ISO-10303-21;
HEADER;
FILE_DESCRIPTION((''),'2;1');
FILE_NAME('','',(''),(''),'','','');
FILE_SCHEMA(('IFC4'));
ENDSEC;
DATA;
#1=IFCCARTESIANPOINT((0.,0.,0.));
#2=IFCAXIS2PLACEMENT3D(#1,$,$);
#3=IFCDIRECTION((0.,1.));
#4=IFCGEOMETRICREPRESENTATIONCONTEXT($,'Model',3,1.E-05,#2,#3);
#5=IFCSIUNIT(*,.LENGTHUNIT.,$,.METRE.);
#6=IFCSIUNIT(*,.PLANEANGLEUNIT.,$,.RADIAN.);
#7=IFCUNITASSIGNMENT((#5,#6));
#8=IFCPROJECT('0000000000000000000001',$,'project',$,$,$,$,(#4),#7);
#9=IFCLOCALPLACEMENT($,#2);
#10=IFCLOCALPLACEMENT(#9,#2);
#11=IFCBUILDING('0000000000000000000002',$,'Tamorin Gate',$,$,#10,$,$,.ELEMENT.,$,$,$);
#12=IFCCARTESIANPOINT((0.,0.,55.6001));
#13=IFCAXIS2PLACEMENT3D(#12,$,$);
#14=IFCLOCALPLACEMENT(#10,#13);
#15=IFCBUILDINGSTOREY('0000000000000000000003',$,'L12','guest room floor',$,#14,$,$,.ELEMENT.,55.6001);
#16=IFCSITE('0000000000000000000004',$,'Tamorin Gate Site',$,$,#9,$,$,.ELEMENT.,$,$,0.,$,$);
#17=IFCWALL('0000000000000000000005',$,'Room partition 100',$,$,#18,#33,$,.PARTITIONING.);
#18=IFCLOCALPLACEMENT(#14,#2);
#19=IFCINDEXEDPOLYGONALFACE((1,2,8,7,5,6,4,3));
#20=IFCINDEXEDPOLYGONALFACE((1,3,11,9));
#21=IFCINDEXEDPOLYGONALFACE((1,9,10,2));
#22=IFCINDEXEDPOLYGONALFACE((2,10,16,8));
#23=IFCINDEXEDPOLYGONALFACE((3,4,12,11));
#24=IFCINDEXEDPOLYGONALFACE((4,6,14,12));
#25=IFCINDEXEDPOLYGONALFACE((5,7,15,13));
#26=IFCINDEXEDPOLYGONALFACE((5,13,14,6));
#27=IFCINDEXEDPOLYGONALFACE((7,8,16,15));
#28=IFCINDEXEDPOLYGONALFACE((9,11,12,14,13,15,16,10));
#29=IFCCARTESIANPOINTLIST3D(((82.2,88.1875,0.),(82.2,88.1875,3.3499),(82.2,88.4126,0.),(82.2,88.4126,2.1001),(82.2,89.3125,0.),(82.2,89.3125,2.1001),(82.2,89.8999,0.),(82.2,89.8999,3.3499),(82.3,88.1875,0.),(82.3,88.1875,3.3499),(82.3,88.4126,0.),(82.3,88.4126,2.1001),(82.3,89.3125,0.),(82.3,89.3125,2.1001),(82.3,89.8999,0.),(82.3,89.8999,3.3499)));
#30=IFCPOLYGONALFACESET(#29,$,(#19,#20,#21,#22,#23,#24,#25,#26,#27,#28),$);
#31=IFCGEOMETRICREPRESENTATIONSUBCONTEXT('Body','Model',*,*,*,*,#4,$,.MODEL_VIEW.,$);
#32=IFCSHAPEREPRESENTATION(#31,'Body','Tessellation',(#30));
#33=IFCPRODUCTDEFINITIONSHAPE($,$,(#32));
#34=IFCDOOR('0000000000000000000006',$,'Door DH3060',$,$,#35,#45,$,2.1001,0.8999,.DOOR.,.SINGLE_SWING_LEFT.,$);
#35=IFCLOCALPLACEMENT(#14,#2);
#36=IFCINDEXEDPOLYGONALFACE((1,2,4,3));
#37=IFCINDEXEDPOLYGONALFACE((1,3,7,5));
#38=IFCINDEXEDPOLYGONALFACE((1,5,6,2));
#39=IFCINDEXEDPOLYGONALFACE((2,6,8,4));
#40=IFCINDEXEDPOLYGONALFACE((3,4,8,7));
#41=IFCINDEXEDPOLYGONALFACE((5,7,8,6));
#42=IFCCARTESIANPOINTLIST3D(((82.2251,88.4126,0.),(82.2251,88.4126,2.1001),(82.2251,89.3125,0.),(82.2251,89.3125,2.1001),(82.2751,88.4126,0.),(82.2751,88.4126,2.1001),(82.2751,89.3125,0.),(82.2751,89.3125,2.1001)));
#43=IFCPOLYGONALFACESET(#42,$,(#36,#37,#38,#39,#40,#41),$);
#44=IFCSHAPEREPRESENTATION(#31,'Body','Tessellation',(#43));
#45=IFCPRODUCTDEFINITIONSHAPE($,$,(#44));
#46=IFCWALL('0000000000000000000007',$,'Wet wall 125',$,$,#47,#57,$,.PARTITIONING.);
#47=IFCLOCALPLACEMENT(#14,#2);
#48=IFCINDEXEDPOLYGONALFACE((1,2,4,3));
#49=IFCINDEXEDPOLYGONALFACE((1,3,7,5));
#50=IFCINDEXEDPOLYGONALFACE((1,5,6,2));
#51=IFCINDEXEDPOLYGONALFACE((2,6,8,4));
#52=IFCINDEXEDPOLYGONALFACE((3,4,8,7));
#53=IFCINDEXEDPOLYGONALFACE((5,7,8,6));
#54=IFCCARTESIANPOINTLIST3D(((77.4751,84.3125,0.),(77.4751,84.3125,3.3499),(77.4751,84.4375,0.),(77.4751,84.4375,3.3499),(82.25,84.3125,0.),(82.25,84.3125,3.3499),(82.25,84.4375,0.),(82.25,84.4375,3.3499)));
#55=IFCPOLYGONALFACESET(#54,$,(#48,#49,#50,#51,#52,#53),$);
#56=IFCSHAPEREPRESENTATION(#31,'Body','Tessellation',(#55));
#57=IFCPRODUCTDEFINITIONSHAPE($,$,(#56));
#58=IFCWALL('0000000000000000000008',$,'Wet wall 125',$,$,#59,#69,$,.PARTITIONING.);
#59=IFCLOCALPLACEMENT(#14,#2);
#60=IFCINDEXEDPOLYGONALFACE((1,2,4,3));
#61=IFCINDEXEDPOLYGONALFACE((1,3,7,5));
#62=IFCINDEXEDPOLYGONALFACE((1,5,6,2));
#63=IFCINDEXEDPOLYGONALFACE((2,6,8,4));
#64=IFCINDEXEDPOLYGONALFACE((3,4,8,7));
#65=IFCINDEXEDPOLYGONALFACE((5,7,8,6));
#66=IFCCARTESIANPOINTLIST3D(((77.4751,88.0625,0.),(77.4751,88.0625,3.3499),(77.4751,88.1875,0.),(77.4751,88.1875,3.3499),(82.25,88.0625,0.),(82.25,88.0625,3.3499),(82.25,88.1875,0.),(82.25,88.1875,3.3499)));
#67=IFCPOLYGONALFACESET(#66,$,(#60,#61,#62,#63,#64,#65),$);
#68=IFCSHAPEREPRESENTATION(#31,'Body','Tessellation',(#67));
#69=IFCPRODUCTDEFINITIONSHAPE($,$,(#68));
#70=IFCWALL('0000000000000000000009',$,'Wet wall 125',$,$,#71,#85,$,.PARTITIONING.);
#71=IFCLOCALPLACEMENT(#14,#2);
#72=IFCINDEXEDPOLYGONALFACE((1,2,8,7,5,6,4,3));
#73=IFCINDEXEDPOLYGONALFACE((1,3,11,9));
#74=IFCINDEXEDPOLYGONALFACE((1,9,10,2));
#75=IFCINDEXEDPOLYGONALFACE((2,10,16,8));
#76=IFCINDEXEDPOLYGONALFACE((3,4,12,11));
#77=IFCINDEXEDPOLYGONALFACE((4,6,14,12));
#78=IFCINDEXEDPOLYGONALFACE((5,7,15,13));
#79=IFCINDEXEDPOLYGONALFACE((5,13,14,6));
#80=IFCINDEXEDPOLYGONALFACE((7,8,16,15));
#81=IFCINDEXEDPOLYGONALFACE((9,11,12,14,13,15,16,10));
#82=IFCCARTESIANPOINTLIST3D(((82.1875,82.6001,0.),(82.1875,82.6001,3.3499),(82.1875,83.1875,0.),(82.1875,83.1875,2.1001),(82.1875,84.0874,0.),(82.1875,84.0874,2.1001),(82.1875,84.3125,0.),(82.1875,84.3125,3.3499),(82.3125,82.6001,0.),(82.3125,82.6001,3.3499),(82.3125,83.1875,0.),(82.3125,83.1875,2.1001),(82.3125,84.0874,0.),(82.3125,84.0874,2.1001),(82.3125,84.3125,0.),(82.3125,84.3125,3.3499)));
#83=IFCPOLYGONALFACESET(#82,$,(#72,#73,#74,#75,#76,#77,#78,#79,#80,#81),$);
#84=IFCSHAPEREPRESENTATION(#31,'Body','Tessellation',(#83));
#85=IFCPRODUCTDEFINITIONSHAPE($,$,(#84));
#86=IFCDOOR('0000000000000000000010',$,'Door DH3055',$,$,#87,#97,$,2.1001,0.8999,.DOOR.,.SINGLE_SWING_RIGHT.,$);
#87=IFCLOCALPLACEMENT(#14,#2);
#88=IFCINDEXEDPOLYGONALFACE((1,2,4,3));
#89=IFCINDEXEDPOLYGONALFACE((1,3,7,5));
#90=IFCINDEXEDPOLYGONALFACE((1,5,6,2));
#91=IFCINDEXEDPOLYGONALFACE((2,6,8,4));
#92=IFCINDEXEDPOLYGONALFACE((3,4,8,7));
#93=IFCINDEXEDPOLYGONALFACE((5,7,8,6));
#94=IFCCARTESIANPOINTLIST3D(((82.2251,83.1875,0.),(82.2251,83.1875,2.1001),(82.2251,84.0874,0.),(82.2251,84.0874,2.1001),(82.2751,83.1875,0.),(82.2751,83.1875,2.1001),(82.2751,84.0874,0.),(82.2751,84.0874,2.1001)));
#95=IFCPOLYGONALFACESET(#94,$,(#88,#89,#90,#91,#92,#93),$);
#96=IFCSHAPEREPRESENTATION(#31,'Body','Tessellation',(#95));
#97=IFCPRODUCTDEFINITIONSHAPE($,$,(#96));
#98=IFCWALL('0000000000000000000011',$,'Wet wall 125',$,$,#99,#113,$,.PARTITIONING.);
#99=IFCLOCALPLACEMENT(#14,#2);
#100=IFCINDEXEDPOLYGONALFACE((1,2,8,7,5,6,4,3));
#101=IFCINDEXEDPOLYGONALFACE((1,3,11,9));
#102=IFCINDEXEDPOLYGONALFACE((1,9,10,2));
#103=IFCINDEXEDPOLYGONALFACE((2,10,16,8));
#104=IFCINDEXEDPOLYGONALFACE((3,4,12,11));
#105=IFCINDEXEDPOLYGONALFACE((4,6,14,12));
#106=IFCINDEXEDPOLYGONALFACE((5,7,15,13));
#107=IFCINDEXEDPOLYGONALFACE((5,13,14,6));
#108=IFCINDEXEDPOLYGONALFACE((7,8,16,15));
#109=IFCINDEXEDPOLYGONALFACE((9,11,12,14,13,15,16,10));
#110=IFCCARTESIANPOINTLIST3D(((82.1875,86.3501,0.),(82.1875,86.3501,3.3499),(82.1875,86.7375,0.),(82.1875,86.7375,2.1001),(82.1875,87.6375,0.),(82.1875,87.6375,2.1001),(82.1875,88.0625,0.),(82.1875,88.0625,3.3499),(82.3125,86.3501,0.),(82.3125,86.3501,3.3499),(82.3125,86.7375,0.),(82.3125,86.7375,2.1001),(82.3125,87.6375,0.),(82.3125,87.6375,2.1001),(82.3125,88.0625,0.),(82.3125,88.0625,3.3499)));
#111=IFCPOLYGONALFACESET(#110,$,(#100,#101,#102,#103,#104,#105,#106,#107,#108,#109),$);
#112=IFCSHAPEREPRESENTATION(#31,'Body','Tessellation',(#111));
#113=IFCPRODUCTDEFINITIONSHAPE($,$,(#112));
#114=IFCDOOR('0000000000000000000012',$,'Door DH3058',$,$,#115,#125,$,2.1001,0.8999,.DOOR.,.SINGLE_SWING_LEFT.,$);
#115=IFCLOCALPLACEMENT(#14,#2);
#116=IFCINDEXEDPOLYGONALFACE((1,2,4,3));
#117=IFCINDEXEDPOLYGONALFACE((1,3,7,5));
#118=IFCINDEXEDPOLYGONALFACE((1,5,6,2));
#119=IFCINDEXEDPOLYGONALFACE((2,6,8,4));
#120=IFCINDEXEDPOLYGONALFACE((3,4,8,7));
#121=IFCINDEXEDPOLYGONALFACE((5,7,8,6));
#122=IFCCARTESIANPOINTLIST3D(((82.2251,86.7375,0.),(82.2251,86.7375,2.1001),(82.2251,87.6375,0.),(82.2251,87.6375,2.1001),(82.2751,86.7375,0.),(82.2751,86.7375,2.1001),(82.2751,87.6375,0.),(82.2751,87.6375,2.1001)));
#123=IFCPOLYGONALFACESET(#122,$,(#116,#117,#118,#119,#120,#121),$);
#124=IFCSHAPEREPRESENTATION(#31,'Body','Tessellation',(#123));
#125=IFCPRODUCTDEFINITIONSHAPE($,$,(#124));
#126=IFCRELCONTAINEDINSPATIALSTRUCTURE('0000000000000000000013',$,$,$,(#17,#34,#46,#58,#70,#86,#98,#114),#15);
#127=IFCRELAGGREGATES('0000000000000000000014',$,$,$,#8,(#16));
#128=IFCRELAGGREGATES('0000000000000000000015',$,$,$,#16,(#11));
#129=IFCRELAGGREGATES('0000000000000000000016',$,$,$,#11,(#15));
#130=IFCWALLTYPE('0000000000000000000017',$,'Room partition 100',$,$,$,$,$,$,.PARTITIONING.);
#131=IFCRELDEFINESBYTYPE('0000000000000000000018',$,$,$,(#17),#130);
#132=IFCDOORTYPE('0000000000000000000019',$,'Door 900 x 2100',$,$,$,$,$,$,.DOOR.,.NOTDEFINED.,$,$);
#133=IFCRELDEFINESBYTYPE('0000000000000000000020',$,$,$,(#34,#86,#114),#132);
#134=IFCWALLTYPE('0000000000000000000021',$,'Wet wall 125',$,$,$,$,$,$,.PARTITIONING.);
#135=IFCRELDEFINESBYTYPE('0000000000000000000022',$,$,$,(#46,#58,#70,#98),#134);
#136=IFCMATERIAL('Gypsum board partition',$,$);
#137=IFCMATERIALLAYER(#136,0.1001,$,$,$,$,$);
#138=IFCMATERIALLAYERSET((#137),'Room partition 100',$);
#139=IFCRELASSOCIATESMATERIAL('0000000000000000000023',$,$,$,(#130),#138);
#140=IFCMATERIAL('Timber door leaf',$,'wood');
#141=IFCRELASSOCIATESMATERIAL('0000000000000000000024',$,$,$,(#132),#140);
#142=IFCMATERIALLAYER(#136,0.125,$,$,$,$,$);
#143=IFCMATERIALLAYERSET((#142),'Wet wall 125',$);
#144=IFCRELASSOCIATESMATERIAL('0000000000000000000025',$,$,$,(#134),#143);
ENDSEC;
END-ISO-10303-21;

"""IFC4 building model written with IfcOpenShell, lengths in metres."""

from ifc_helpers import new_model, si_unit, direction, frame, frame_2d, origin, place, context, subcontext, project, spatial, rectangle, extrude, material, layer, layer_set, type_object, element, fill, save


model = new_model("IFC4")

# Units and contexts
model_context = context("Model", 3, precision=1e-05, world=origin(), true_north=direction((0.0, 1.0)))
body_context = subcontext(model_context, "Body", "Model", "MODEL_VIEW")
ifc_project = project(units=[si_unit("LENGTHUNIT", "METRE"), si_unit("PLANEANGLEUNIT", "RADIAN")], contexts=[model_context])

# Site, building, storey
site_placement = place(None, origin())
site = spatial("IfcSite", under=ifc_project, at=site_placement, Name="Tamorin Gate Site", CompositionType="ELEMENT", RefElevation=0.0)
building_placement = place(site_placement, origin())
building = spatial("IfcBuilding", under=site, at=building_placement, Name="Tamorin Gate", CompositionType="ELEMENT")
storey_placement = place(building_placement, frame((0.0, 0.0, 55.6001)))
storey = spatial("IfcBuildingStorey", under=building, at=storey_placement, Name="L12", Description="guest room floor", CompositionType="ELEMENT", Elevation=55.6001)

# Shared definitions
ifc_material_1 = material(Name="Gypsum board partition")

# Wall, opening, door
ifc_layer_1 = layer(ifc_material_1, 0.1001)
ifc_layer_set_1 = layer_set([ifc_layer_1], Name="Room partition 100")
wall_type_1 = type_object("IfcWallType", Name="Room partition 100", PredefinedType="PARTITIONING", material=ifc_layer_set_1)
ifc_material_2 = material(Name="Timber door leaf", Category="wood")
door_type = type_object("IfcDoorType", Name="Door 900 x 2100", OperationType="NOTDEFINED", PredefinedType="DOOR", material=ifc_material_2)
wall_1_placement = place(storey_placement, frame((82.25, 88.1875, 0.0), z_axis=(0.0, 0.0, 1.0), x_axis=(0.0, 1.0, 0.0)))
wall_1 = element("IfcWall", 1, at=wall_1_placement, inside=storey, type_object=wall_type_1, Name="Room partition 100", PredefinedType="PARTITIONING", context=body_context, shape_type="SweptSolid", body=[
    extrude(rectangle(XDim=1.7124, YDim=0.1001, at=frame_2d((0.8562, 0.0))), origin(), (0.0, 0.0, 1.0), 3.3499),
])
opening_1_placement = place(wall_1_placement, frame((0.2251, 0.0, 0.0)))
opening_1 = element("IfcOpeningElement", 2, at=opening_1_placement, cuts=wall_1, PredefinedType="OPENING", context=body_context, shape_type="SweptSolid", body=[
    extrude(rectangle(XDim=0.8999, YDim=2.1001, at=frame_2d((0.45, 1.05))), frame((0.0, 0.0601, 0.0), z_axis=(0.0, -1.0, 0.0), x_axis=(1.0, 0.0, 0.0)), (0.0, 0.0, 1.0), 0.1201),
])
door_1_placement = place(opening_1_placement, origin())
door_1 = element("IfcDoor", 3, at=door_1_placement, inside=storey, type_object=door_type, Name="Door DH3060", OperationType="SINGLE_SWING_LEFT", OverallHeight=2.1001, OverallWidth=0.8999, PredefinedType="DOOR", context=body_context, shape_type="SweptSolid", body=[
    extrude(rectangle(XDim=0.8999, YDim=2.1001, at=frame_2d((0.45, 1.05))), frame((0.0, 0.0249, 0.0), z_axis=(0.0, -1.0, 0.0), x_axis=(1.0, 0.0, 0.0)), (0.0, 0.0, 1.0), 0.05),
])
fill(opening_1, door_1)

# Walls
ifc_layer_2 = layer(ifc_material_1, 0.125)
ifc_layer_set_2 = layer_set([ifc_layer_2], Name="Wet wall 125")
wall_type_2 = type_object("IfcWallType", Name="Wet wall 125", PredefinedType="PARTITIONING", material=ifc_layer_set_2)
for number, where, z_axis, x_axis, name in (
    (4, (77.4751, 84.375, 0.0), (0.0, 0.0, 1.0), (1.0, 0.0, 0.0), "Wet wall 125"),
    (5, (77.4751, 88.125, 0.0), (0.0, 0.0, 1.0), (1.0, 0.0, 0.0), "Wet wall 125"),
):
    element("IfcWall", number, at=place(storey_placement, frame(where, z_axis=z_axis, x_axis=x_axis)), inside=storey, type_object=wall_type_2, Name=name, PredefinedType="PARTITIONING", context=body_context, shape_type="SweptSolid", body=[
        extrude(rectangle(XDim=4.7749, YDim=0.125, at=frame_2d((2.3875, 0.0))), origin(), (0.0, 0.0, 1.0), 3.3499),
    ])

# Walls, openings, doors
wall_2_placement = place(storey_placement, frame((82.25, 82.6001, 0.0), z_axis=(0.0, 0.0, 1.0), x_axis=(0.0, 1.0, 0.0)))
wall_2 = element("IfcWall", 6, at=wall_2_placement, inside=storey, type_object=wall_type_2, Name="Wet wall 125", PredefinedType="PARTITIONING", context=body_context, shape_type="SweptSolid", body=[
    extrude(rectangle(XDim=1.7124, YDim=0.125, at=frame_2d((0.8562, 0.0))), origin(), (0.0, 0.0, 1.0), 3.3499),
])
opening_2_placement = place(wall_2_placement, frame((0.5874, 0.0, 0.0)))
opening_2 = element("IfcOpeningElement", 7, at=opening_2_placement, cuts=wall_2, PredefinedType="OPENING", context=body_context, shape_type="SweptSolid", body=[
    extrude(rectangle(XDim=0.8999, YDim=2.1001, at=frame_2d((0.45, 1.05))), frame((0.0, 0.0725, 0.0), z_axis=(0.0, -1.0, 0.0), x_axis=(1.0, 0.0, 0.0)), (0.0, 0.0, 1.0), 0.145),
])
door_2_placement = place(opening_2_placement, origin())
door_2 = element("IfcDoor", 8, at=door_2_placement, inside=storey, type_object=door_type, Name="Door DH3055", OperationType="SINGLE_SWING_RIGHT", OverallHeight=2.1001, OverallWidth=0.8999, PredefinedType="DOOR", context=body_context, shape_type="SweptSolid", body=[
    extrude(rectangle(XDim=0.8999, YDim=2.1001, at=frame_2d((0.45, 1.05))), frame((0.0, 0.0249, 0.0), z_axis=(0.0, -1.0, 0.0), x_axis=(1.0, 0.0, 0.0)), (0.0, 0.0, 1.0), 0.05),
])
fill(opening_2, door_2)
wall_3_placement = place(storey_placement, frame((82.25, 86.3501, 0.0), z_axis=(0.0, 0.0, 1.0), x_axis=(0.0, 1.0, 0.0)))
wall_3 = element("IfcWall", 9, at=wall_3_placement, inside=storey, type_object=wall_type_2, Name="Wet wall 125", PredefinedType="PARTITIONING", context=body_context, shape_type="SweptSolid", body=[
    extrude(rectangle(XDim=1.7124, YDim=0.125, at=frame_2d((0.8562, 0.0))), origin(), (0.0, 0.0, 1.0), 3.3499),
])
opening_3_placement = place(wall_3_placement, frame((0.3875, 0.0, 0.0)))
opening_3 = element("IfcOpeningElement", 10, at=opening_3_placement, cuts=wall_3, PredefinedType="OPENING", context=body_context, shape_type="SweptSolid", body=[
    extrude(rectangle(XDim=0.8999, YDim=2.1001, at=frame_2d((0.45, 1.05))), frame((0.0, 0.0725, 0.0), z_axis=(0.0, -1.0, 0.0), x_axis=(1.0, 0.0, 0.0)), (0.0, 0.0, 1.0), 0.145),
])
door_3_placement = place(opening_3_placement, origin())
door_3 = element("IfcDoor", 11, at=door_3_placement, inside=storey, type_object=door_type, Name="Door DH3058", OperationType="SINGLE_SWING_LEFT", OverallHeight=2.1001, OverallWidth=0.8999, PredefinedType="DOOR", context=body_context, shape_type="SweptSolid", body=[
    extrude(rectangle(XDim=0.8999, YDim=2.1001, at=frame_2d((0.45, 1.05))), frame((0.0, 0.0249, 0.0), z_axis=(0.0, -1.0, 0.0), x_axis=(1.0, 0.0, 0.0)), (0.0, 0.0, 1.0), 0.05),
])
fill(opening_3, door_3)

save(model, "model.ifc")
